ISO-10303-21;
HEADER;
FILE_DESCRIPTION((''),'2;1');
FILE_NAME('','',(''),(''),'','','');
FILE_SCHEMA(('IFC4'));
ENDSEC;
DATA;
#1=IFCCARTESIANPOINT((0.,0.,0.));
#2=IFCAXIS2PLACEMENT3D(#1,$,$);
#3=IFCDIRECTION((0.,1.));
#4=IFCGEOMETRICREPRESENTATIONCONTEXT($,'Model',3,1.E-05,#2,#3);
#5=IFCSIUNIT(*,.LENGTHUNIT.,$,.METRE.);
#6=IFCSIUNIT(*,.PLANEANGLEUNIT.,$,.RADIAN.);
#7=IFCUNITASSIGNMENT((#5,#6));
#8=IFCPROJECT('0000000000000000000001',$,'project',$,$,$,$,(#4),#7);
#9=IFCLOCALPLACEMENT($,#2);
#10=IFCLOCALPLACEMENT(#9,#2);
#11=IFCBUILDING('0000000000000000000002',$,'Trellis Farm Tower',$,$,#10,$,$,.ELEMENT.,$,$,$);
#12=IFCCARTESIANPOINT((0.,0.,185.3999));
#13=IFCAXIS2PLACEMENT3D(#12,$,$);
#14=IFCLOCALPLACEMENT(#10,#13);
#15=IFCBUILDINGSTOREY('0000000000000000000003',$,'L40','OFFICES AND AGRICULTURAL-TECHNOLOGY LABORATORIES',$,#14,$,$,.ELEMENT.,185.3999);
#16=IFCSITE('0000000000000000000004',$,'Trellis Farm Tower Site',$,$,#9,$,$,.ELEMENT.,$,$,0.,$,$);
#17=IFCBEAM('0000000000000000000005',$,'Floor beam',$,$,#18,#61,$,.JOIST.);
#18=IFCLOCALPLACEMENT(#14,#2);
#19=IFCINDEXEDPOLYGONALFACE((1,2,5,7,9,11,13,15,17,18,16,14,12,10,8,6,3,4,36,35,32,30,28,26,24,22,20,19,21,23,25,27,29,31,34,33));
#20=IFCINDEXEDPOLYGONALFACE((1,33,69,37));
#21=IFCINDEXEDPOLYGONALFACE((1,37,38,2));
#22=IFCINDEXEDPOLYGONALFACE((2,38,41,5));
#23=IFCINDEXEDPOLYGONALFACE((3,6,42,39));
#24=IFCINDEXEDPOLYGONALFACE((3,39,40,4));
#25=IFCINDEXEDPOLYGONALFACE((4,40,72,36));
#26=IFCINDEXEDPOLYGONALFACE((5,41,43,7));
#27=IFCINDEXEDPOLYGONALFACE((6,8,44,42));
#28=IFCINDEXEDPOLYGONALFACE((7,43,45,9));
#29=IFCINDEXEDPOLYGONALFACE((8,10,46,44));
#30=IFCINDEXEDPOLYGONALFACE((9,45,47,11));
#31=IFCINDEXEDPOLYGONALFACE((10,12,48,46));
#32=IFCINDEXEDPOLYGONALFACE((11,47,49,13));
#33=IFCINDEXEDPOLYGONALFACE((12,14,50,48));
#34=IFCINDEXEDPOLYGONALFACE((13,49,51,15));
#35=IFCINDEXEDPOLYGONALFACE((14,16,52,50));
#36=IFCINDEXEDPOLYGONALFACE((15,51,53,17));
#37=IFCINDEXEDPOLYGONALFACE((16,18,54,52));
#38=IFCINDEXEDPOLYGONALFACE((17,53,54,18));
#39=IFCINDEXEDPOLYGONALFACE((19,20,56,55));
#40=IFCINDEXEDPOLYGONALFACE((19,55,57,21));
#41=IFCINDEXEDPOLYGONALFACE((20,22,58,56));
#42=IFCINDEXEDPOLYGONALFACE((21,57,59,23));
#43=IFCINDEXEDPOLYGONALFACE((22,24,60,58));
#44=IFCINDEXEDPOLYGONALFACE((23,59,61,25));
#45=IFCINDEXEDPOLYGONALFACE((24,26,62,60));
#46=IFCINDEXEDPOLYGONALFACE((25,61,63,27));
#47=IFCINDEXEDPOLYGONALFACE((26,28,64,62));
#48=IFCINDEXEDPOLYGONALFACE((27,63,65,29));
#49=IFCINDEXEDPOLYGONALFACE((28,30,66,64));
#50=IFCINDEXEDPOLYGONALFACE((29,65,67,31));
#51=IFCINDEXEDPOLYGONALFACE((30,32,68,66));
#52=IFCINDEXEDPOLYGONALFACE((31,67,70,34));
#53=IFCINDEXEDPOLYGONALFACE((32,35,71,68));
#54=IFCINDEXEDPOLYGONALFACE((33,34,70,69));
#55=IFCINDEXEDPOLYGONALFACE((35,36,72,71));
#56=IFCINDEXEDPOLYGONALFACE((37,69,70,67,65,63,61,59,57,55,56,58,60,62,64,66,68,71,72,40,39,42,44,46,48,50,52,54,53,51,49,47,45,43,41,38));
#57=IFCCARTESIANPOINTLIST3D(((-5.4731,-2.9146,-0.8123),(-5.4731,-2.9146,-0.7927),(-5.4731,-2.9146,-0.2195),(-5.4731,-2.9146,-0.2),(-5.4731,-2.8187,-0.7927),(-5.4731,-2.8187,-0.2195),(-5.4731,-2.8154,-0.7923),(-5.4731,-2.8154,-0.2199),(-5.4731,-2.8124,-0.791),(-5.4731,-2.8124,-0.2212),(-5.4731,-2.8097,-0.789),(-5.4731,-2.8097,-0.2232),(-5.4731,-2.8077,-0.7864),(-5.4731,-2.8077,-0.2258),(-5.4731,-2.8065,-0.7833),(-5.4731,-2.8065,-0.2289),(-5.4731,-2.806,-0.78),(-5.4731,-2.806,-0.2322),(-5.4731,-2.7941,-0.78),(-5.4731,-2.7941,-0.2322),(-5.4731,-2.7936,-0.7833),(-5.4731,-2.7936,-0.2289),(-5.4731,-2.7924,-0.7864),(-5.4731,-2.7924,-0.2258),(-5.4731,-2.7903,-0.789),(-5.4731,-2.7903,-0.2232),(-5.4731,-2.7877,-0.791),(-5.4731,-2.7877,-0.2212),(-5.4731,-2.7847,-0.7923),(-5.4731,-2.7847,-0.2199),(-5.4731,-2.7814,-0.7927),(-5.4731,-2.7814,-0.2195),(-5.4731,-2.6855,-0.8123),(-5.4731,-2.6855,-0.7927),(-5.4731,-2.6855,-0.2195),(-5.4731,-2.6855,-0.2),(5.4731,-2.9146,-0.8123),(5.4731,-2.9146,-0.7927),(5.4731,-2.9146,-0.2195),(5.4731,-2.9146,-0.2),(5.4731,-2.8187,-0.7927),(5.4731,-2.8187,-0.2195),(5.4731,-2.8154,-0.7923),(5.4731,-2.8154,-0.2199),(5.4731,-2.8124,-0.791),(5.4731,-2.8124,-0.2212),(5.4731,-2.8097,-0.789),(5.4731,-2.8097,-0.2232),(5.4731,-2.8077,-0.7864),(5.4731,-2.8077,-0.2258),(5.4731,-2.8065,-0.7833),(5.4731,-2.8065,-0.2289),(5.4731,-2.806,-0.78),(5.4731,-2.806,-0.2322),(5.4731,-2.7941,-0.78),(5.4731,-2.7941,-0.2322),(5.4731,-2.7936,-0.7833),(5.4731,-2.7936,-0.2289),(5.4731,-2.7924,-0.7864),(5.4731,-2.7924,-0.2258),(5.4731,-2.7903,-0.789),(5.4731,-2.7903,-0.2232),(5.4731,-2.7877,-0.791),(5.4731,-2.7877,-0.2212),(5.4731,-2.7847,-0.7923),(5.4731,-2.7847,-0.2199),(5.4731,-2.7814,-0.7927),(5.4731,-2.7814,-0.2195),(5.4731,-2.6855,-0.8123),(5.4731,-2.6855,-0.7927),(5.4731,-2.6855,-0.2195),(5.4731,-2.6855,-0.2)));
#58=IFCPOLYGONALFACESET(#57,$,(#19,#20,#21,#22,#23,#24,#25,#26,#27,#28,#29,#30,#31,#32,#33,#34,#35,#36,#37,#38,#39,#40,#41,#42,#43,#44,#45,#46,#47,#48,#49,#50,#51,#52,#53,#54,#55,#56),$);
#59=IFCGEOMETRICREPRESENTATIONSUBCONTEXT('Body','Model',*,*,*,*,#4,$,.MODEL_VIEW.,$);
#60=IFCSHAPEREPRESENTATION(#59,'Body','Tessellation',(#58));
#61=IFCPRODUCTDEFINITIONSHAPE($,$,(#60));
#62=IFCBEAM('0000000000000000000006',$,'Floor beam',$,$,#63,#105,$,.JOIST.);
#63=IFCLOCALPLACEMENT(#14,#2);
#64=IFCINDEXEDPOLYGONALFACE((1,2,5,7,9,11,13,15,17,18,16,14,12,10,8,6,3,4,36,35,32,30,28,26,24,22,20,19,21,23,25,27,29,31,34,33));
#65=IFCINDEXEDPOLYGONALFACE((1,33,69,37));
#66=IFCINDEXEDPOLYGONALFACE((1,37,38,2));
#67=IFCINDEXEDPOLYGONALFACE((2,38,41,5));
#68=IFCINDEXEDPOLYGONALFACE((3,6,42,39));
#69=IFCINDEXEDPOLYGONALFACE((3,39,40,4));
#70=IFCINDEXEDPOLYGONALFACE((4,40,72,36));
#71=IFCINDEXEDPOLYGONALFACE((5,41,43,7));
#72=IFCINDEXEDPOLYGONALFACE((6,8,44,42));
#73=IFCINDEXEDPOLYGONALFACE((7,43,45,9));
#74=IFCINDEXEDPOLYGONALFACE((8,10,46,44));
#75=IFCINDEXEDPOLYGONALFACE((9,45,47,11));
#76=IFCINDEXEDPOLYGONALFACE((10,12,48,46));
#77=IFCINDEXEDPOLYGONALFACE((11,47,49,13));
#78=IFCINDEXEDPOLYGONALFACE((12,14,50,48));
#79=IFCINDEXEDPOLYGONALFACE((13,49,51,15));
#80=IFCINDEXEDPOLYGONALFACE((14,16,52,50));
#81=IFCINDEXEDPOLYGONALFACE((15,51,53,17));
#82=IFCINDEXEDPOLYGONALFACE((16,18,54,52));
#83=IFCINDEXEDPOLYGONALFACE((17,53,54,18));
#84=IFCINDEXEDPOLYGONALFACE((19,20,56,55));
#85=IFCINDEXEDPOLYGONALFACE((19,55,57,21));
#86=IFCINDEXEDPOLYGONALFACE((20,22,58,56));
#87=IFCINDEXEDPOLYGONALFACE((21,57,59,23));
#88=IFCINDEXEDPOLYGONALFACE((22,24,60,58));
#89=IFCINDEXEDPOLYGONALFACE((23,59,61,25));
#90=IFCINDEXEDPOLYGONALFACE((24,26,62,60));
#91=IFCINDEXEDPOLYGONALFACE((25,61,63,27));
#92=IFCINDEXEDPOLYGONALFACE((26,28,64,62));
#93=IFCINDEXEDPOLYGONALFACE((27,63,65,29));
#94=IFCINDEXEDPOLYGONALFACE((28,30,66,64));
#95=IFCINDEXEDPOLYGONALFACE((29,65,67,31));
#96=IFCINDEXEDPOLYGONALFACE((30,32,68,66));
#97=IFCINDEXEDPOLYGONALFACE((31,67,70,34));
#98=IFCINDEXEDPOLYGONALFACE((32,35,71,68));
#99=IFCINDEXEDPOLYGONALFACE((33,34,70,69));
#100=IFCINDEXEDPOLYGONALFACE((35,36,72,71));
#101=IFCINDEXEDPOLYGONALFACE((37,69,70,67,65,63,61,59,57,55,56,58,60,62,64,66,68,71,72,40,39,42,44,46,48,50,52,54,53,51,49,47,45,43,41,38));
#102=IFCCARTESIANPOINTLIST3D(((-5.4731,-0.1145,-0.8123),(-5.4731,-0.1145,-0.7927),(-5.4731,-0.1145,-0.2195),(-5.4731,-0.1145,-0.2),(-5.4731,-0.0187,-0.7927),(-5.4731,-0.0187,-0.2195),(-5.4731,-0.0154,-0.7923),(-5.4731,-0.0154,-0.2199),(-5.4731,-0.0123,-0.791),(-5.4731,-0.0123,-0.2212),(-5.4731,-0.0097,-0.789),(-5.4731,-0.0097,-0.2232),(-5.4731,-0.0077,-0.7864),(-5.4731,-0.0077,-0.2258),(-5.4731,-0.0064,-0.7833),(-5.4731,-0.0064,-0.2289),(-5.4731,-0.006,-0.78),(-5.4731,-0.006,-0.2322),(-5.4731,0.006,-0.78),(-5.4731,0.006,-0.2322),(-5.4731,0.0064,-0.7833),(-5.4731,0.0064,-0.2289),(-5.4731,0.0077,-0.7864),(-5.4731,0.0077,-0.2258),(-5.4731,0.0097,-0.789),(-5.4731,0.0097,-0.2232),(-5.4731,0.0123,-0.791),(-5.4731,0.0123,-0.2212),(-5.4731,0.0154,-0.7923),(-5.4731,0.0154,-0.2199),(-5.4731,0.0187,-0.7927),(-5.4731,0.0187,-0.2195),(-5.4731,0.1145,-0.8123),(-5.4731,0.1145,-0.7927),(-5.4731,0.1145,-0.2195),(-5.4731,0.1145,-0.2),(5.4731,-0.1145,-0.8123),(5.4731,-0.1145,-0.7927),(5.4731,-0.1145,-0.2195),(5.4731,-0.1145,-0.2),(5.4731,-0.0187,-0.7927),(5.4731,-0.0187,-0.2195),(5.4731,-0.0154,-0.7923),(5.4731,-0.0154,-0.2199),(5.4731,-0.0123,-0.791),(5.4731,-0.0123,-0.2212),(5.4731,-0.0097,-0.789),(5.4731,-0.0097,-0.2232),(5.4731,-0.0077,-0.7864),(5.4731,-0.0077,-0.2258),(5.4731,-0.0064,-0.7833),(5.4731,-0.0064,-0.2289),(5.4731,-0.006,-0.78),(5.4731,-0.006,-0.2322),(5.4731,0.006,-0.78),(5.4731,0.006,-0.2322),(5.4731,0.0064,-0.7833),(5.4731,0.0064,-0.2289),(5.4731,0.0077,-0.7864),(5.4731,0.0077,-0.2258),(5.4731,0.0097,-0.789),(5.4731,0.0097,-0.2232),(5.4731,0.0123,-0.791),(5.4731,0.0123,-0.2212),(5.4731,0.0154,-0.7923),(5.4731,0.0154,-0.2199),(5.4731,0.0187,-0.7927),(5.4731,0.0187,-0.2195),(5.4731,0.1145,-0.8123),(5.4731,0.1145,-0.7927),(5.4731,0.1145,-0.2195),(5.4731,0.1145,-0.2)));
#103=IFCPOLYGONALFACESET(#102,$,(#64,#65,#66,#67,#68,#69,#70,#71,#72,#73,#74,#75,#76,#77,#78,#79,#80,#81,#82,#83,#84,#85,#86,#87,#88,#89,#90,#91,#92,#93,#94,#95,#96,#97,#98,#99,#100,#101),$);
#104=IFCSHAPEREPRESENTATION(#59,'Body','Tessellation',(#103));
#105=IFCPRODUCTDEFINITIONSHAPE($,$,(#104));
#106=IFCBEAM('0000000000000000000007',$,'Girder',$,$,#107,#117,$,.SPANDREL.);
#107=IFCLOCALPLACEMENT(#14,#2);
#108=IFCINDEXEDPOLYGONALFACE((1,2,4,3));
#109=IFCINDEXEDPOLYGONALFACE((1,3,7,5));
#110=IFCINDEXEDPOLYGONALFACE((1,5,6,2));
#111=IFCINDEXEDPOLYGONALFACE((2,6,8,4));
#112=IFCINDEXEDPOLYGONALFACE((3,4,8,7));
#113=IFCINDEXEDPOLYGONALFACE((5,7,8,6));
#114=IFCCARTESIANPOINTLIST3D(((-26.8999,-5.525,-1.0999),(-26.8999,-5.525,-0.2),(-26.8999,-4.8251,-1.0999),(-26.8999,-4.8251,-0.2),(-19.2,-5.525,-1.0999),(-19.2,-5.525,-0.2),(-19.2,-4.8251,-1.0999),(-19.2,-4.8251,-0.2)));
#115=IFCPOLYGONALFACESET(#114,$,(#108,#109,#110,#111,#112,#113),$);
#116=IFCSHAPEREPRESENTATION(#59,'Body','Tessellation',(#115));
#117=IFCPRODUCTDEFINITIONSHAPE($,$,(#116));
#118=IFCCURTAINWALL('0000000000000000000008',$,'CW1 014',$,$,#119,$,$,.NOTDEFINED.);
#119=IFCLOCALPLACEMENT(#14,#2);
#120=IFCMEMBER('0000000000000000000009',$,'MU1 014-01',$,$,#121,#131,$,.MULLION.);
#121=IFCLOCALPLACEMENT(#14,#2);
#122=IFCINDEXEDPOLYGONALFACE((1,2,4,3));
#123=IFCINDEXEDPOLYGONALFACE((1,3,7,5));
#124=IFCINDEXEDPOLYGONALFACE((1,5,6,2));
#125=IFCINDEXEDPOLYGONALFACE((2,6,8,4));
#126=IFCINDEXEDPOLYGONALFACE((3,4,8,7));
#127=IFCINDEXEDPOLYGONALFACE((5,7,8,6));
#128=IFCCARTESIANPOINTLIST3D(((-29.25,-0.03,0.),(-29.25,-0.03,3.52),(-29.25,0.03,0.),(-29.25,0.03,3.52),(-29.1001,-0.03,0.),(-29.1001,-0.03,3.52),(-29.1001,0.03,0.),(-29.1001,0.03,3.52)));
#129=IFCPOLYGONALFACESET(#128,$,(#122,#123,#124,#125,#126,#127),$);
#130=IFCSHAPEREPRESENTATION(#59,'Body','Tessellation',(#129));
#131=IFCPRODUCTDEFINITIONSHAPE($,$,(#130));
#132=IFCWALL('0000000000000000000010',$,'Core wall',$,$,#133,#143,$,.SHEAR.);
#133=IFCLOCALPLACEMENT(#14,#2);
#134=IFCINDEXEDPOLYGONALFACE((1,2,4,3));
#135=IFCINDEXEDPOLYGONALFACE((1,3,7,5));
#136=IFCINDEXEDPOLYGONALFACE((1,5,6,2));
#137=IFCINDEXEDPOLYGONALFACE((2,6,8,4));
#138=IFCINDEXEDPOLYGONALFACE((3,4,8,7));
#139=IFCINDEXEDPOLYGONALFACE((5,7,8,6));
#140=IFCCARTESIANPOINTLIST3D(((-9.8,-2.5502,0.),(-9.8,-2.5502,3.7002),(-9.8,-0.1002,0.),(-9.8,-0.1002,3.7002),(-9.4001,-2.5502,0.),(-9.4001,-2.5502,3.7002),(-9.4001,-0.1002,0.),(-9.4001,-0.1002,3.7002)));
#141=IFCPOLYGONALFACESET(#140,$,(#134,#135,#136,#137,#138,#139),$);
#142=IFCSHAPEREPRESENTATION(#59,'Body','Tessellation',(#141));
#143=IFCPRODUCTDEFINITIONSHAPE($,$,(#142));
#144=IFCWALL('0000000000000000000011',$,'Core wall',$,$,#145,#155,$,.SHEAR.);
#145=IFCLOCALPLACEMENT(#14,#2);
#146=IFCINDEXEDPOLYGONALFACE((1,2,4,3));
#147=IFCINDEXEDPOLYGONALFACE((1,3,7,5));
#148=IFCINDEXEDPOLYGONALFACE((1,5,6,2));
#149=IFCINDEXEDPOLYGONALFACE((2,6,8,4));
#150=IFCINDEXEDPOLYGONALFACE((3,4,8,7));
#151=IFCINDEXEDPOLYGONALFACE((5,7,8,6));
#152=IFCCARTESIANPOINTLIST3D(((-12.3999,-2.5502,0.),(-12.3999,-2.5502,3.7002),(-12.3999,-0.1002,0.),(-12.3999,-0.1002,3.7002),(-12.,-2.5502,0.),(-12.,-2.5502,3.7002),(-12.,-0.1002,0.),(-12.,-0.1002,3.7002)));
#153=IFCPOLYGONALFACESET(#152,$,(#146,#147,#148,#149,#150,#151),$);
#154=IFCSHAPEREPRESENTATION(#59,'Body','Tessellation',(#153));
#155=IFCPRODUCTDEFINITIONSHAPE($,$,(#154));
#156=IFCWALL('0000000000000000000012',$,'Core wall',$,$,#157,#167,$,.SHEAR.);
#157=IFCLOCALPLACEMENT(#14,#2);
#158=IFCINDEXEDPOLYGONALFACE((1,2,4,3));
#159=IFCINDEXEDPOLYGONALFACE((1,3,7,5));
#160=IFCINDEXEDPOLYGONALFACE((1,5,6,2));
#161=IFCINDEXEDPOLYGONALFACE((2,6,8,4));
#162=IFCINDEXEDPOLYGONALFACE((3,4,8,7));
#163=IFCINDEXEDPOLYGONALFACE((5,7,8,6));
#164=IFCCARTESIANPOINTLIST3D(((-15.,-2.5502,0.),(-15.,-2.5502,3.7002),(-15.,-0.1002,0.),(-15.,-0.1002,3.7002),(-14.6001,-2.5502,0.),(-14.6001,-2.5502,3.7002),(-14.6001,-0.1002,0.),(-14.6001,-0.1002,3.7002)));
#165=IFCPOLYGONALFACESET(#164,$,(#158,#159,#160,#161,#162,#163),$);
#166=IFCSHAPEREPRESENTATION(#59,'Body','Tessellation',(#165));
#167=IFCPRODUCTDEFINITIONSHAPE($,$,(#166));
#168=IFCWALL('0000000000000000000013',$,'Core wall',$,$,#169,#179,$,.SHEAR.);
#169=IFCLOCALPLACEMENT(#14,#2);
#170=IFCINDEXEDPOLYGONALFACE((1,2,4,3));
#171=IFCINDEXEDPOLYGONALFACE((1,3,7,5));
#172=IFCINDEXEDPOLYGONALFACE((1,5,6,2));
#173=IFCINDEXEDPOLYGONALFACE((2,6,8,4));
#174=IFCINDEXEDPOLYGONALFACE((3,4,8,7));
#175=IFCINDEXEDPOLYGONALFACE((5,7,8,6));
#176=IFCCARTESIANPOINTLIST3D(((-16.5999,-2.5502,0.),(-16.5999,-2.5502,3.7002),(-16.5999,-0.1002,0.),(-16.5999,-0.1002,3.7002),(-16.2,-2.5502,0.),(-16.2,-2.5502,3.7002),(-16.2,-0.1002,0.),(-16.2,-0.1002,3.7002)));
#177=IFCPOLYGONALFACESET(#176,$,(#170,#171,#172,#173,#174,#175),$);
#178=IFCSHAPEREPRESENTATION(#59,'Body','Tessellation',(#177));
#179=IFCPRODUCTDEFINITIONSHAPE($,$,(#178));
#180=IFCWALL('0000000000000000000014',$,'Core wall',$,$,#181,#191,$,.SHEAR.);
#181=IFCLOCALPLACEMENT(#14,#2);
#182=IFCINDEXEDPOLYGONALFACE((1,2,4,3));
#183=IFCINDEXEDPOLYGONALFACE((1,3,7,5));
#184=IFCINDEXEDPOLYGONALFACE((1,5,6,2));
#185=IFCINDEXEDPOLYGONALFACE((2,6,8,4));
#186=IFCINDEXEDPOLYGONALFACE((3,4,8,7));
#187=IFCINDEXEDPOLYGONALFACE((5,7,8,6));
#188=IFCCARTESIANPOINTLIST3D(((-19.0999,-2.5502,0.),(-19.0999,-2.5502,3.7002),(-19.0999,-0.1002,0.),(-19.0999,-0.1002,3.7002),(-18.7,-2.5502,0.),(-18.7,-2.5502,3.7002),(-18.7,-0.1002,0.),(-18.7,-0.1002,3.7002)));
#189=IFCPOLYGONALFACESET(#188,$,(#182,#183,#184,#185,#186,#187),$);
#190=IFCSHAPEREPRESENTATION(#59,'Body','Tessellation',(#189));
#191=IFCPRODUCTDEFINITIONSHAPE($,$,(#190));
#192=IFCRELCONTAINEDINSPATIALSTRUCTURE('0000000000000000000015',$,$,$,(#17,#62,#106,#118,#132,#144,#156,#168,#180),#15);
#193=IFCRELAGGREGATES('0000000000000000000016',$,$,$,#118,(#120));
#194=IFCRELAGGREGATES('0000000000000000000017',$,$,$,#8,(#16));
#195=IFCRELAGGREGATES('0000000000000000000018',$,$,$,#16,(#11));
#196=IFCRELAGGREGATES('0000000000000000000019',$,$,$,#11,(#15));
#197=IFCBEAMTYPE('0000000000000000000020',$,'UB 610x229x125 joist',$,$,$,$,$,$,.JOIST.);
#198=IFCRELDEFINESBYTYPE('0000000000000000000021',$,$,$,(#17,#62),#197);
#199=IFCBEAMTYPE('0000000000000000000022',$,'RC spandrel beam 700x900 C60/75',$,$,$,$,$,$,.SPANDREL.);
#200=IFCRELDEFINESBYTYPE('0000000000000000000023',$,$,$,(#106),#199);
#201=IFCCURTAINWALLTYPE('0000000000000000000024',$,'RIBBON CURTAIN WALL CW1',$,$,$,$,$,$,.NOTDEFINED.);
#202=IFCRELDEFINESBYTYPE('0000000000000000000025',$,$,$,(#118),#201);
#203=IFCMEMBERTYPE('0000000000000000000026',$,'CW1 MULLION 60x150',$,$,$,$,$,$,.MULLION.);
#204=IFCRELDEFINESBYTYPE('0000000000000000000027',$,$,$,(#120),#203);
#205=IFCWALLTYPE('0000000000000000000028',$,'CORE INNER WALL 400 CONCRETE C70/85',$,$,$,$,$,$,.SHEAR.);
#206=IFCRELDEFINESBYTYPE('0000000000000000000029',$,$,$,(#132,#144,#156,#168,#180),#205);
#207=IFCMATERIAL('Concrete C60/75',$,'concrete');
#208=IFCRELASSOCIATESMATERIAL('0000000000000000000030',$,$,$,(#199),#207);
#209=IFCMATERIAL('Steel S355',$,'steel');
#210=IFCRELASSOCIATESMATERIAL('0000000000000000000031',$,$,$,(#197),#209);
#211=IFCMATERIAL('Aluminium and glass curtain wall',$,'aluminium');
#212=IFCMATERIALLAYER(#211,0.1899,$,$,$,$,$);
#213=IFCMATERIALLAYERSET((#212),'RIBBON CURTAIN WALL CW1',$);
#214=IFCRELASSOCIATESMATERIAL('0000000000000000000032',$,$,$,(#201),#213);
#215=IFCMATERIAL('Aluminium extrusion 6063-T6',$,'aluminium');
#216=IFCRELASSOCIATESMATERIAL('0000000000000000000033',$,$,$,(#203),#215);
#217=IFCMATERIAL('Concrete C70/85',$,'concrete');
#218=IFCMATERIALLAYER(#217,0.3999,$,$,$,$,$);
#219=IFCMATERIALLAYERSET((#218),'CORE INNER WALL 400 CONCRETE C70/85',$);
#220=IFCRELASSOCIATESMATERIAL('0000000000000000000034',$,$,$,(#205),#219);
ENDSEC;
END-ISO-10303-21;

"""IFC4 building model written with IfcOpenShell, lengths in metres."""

from ifc_helpers import new_model, si_unit, direction, frame, frame_2d, origin, origin_2d, place, context, subcontext, project, spatial, rectangle, i_section, extrude, source, transform, mapped, material, layer, layer_set, material_profile, profile_set, type_object, element, aggregate, save


model = new_model("IFC4")

# Units and contexts
model_context = context("Model", 3, precision=1e-05, world=origin(), true_north=direction((0.0, 1.0)))
body_context = subcontext(model_context, "Body", "Model", "MODEL_VIEW")
ifc_project = project(units=[si_unit("LENGTHUNIT", "METRE"), si_unit("PLANEANGLEUNIT", "RADIAN")], contexts=[model_context])

# Site, building, storey
site_placement = place(None, origin())
site = spatial("IfcSite", under=ifc_project, at=site_placement, Name="Trellis Farm Tower Site", CompositionType="ELEMENT", RefElevation=0.0)
building_placement = place(site_placement, origin())
building = spatial("IfcBuilding", under=site, at=building_placement, Name="Trellis Farm Tower", CompositionType="ELEMENT")
storey_placement = place(building_placement, frame((0.0, 0.0, 185.3999)))
storey = spatial("IfcBuildingStorey", under=building, at=storey_placement, Name="L40", Description="OFFICES AND AGRICULTURAL-TECHNOLOGY LABORATORIES", CompositionType="ELEMENT", Elevation=185.3999)

# Shared definitions
ifc_material_1 = material(Name="Concrete C70/85", Category="concrete")

# Beams
ifc_material_2 = material(Name="Steel S355", Category="steel")
ifc_material_3 = material(Name="Concrete C60/75", Category="concrete")
ifc_material_profile_1 = material_profile(ifc_material_3, rectangle(XDim=0.7, YDim=0.8999, at=origin_2d()), Name="RC spandrel beam 700x900 C60/75")
ifc_profile_set_1 = profile_set([ifc_material_profile_1], Name="Concrete C60/75")
beam_type_1 = type_object("IfcBeamType", Name="RC spandrel beam 700x900 C60/75", PredefinedType="SPANDREL", material=ifc_profile_set_1)
ifc_material_profile_2 = material_profile(ifc_material_2, i_section(OverallWidth=0.229, OverallDepth=0.6123, WebThickness=0.012, FlangeThickness=0.0195, FilletRadius=0.0127, at=origin_2d()), Name="UB 610x229x125")
ifc_profile_set_2 = profile_set([ifc_material_profile_2], Name="Steel S355")
beam_type_2 = type_object("IfcBeamType", Name="UB 610x229x125 joist", PredefinedType="JOIST", material=ifc_profile_set_2)
shared_shape_1 = source(origin(), body_context, "Body", "SweptSolid", [
    extrude(i_section(OverallWidth=0.229, OverallDepth=0.6123, WebThickness=0.012, FlangeThickness=0.0195, FilletRadius=0.0127, at=origin_2d()), origin(), (0.0, 0.0, 1.0), 10.9463),
])
for number, where, z_axis, x_axis, name in (
    (1, (-5.4731, -2.8, -0.5061), (1.0, 0.0, 0.0), (0.0, 1.0, 0.0), "Floor beam"),
    (2, (-5.4731, 0.0, -0.5061), (1.0, 0.0, 0.0), (0.0, 1.0, 0.0), "Floor beam"),
):
    element("IfcBeam", number, at=place(storey_placement, frame(where, z_axis=z_axis, x_axis=x_axis)), inside=storey, type_object=beam_type_2, Name=name, PredefinedType="JOIST", context=body_context, shape_type="MappedRepresentation", body=[
        mapped(shared_shape_1, transform((0.0, 0.0, 0.0))),
    ])
shared_shape_2 = source(origin(), body_context, "Body", "SweptSolid", [
    extrude(rectangle(XDim=0.7, YDim=0.8999, at=origin_2d()), origin(), (0.0, 0.0, 1.0), 7.7),
])
beam_1_placement = place(storey_placement, frame((-26.8999, -5.175, -0.6499), z_axis=(1.0, 0.0, 0.0), x_axis=(0.0, 1.0, 0.0)))
element("IfcBeam", 3, at=beam_1_placement, inside=storey, type_object=beam_type_1, Name="Girder", PredefinedType="SPANDREL", context=body_context, shape_type="MappedRepresentation", body=[
    mapped(shared_shape_2, transform((0.0, 0.0, 0.0))),
])

# Curtain wall, member
ifc_material_4 = material(Name="Aluminium and glass curtain wall", Category="aluminium")
ifc_layer_1 = layer(ifc_material_4, 0.1899)
ifc_layer_set_1 = layer_set([ifc_layer_1], Name="RIBBON CURTAIN WALL CW1")
curtain_wall_type = type_object("IfcCurtainWallType", Name="RIBBON CURTAIN WALL CW1", PredefinedType="NOTDEFINED", material=ifc_layer_set_1)
curtain_wall_placement = place(storey_placement, origin())
curtain_wall = element("IfcCurtainWall", 4, at=curtain_wall_placement, inside=storey, type_object=curtain_wall_type, Name="CW1 014", PredefinedType="NOTDEFINED")
ifc_material_5 = material(Name="Aluminium extrusion 6063-T6", Category="aluminium")
ifc_material_profile_3 = material_profile(ifc_material_5, rectangle(XDim=0.0601, YDim=0.1499, at=origin_2d()), Name="MULLION 60x150")
ifc_profile_set_3 = profile_set([ifc_material_profile_3], Name="Aluminium extrusion 6063-T6")
member_type = type_object("IfcMemberType", Name="CW1 MULLION 60x150", PredefinedType="MULLION", material=ifc_profile_set_3)
shared_shape_3 = source(origin(), body_context, "Body", "SweptSolid", [
    extrude(rectangle(XDim=0.0601, YDim=0.1499, at=origin_2d()), origin(), (0.0, 0.0, 1.0), 3.52),
])
member_placement = place(storey_placement, frame((-29.175, 0.0, 0.0), z_axis=(0.0, 0.0, 1.0), x_axis=(0.0, -1.0, 0.0)))
member = element("IfcMember", 5, at=member_placement, type_object=member_type, Name="MU1 014-01", PredefinedType="MULLION", context=body_context, shape_type="MappedRepresentation", body=[
    mapped(shared_shape_3, transform((0.0, 0.0, 0.0))),
])
aggregate(curtain_wall, [member])

# Walls
ifc_layer_2 = layer(ifc_material_1, 0.3999)
ifc_layer_set_2 = layer_set([ifc_layer_2], Name="CORE INNER WALL 400 CONCRETE C70/85")
wall_type_1 = type_object("IfcWallType", Name="CORE INNER WALL 400 CONCRETE C70/85", PredefinedType="SHEAR", material=ifc_layer_set_2)
shared_shape_4 = source(origin(), body_context, "Body", "SweptSolid", [
    extrude(rectangle(XDim=2.45, YDim=0.3999, at=frame_2d((1.2251, 0.0))), origin(), (0.0, 0.0, 1.0), 3.7002),
])
for number, where, z_axis, x_axis, name in (
    (6, (-9.6001, -0.1001, 0.0), (0.0, 0.0, 1.0), (0.0, -1.0, 0.0), "Core wall"),
    (7, (-12.2, -0.1001, 0.0), (0.0, 0.0, 1.0), (0.0, -1.0, 0.0), "Core wall"),
    (8, (-14.8, -0.1001, 0.0), (0.0, 0.0, 1.0), (0.0, -1.0, 0.0), "Core wall"),
    (9, (-16.3999, -0.1001, 0.0), (0.0, 0.0, 1.0), (0.0, -1.0, 0.0), "Core wall"),
    (10, (-18.8999, -0.1001, 0.0), (0.0, 0.0, 1.0), (0.0, -1.0, 0.0), "Core wall"),
):
    element("IfcWall", number, at=place(storey_placement, frame(where, z_axis=z_axis, x_axis=x_axis)), inside=storey, type_object=wall_type_1, Name=name, PredefinedType="SHEAR", context=body_context, shape_type="MappedRepresentation", body=[
        mapped(shared_shape_4, transform((0.0, 0.0, 0.0))),
    ])

save(model, "model.ifc")
